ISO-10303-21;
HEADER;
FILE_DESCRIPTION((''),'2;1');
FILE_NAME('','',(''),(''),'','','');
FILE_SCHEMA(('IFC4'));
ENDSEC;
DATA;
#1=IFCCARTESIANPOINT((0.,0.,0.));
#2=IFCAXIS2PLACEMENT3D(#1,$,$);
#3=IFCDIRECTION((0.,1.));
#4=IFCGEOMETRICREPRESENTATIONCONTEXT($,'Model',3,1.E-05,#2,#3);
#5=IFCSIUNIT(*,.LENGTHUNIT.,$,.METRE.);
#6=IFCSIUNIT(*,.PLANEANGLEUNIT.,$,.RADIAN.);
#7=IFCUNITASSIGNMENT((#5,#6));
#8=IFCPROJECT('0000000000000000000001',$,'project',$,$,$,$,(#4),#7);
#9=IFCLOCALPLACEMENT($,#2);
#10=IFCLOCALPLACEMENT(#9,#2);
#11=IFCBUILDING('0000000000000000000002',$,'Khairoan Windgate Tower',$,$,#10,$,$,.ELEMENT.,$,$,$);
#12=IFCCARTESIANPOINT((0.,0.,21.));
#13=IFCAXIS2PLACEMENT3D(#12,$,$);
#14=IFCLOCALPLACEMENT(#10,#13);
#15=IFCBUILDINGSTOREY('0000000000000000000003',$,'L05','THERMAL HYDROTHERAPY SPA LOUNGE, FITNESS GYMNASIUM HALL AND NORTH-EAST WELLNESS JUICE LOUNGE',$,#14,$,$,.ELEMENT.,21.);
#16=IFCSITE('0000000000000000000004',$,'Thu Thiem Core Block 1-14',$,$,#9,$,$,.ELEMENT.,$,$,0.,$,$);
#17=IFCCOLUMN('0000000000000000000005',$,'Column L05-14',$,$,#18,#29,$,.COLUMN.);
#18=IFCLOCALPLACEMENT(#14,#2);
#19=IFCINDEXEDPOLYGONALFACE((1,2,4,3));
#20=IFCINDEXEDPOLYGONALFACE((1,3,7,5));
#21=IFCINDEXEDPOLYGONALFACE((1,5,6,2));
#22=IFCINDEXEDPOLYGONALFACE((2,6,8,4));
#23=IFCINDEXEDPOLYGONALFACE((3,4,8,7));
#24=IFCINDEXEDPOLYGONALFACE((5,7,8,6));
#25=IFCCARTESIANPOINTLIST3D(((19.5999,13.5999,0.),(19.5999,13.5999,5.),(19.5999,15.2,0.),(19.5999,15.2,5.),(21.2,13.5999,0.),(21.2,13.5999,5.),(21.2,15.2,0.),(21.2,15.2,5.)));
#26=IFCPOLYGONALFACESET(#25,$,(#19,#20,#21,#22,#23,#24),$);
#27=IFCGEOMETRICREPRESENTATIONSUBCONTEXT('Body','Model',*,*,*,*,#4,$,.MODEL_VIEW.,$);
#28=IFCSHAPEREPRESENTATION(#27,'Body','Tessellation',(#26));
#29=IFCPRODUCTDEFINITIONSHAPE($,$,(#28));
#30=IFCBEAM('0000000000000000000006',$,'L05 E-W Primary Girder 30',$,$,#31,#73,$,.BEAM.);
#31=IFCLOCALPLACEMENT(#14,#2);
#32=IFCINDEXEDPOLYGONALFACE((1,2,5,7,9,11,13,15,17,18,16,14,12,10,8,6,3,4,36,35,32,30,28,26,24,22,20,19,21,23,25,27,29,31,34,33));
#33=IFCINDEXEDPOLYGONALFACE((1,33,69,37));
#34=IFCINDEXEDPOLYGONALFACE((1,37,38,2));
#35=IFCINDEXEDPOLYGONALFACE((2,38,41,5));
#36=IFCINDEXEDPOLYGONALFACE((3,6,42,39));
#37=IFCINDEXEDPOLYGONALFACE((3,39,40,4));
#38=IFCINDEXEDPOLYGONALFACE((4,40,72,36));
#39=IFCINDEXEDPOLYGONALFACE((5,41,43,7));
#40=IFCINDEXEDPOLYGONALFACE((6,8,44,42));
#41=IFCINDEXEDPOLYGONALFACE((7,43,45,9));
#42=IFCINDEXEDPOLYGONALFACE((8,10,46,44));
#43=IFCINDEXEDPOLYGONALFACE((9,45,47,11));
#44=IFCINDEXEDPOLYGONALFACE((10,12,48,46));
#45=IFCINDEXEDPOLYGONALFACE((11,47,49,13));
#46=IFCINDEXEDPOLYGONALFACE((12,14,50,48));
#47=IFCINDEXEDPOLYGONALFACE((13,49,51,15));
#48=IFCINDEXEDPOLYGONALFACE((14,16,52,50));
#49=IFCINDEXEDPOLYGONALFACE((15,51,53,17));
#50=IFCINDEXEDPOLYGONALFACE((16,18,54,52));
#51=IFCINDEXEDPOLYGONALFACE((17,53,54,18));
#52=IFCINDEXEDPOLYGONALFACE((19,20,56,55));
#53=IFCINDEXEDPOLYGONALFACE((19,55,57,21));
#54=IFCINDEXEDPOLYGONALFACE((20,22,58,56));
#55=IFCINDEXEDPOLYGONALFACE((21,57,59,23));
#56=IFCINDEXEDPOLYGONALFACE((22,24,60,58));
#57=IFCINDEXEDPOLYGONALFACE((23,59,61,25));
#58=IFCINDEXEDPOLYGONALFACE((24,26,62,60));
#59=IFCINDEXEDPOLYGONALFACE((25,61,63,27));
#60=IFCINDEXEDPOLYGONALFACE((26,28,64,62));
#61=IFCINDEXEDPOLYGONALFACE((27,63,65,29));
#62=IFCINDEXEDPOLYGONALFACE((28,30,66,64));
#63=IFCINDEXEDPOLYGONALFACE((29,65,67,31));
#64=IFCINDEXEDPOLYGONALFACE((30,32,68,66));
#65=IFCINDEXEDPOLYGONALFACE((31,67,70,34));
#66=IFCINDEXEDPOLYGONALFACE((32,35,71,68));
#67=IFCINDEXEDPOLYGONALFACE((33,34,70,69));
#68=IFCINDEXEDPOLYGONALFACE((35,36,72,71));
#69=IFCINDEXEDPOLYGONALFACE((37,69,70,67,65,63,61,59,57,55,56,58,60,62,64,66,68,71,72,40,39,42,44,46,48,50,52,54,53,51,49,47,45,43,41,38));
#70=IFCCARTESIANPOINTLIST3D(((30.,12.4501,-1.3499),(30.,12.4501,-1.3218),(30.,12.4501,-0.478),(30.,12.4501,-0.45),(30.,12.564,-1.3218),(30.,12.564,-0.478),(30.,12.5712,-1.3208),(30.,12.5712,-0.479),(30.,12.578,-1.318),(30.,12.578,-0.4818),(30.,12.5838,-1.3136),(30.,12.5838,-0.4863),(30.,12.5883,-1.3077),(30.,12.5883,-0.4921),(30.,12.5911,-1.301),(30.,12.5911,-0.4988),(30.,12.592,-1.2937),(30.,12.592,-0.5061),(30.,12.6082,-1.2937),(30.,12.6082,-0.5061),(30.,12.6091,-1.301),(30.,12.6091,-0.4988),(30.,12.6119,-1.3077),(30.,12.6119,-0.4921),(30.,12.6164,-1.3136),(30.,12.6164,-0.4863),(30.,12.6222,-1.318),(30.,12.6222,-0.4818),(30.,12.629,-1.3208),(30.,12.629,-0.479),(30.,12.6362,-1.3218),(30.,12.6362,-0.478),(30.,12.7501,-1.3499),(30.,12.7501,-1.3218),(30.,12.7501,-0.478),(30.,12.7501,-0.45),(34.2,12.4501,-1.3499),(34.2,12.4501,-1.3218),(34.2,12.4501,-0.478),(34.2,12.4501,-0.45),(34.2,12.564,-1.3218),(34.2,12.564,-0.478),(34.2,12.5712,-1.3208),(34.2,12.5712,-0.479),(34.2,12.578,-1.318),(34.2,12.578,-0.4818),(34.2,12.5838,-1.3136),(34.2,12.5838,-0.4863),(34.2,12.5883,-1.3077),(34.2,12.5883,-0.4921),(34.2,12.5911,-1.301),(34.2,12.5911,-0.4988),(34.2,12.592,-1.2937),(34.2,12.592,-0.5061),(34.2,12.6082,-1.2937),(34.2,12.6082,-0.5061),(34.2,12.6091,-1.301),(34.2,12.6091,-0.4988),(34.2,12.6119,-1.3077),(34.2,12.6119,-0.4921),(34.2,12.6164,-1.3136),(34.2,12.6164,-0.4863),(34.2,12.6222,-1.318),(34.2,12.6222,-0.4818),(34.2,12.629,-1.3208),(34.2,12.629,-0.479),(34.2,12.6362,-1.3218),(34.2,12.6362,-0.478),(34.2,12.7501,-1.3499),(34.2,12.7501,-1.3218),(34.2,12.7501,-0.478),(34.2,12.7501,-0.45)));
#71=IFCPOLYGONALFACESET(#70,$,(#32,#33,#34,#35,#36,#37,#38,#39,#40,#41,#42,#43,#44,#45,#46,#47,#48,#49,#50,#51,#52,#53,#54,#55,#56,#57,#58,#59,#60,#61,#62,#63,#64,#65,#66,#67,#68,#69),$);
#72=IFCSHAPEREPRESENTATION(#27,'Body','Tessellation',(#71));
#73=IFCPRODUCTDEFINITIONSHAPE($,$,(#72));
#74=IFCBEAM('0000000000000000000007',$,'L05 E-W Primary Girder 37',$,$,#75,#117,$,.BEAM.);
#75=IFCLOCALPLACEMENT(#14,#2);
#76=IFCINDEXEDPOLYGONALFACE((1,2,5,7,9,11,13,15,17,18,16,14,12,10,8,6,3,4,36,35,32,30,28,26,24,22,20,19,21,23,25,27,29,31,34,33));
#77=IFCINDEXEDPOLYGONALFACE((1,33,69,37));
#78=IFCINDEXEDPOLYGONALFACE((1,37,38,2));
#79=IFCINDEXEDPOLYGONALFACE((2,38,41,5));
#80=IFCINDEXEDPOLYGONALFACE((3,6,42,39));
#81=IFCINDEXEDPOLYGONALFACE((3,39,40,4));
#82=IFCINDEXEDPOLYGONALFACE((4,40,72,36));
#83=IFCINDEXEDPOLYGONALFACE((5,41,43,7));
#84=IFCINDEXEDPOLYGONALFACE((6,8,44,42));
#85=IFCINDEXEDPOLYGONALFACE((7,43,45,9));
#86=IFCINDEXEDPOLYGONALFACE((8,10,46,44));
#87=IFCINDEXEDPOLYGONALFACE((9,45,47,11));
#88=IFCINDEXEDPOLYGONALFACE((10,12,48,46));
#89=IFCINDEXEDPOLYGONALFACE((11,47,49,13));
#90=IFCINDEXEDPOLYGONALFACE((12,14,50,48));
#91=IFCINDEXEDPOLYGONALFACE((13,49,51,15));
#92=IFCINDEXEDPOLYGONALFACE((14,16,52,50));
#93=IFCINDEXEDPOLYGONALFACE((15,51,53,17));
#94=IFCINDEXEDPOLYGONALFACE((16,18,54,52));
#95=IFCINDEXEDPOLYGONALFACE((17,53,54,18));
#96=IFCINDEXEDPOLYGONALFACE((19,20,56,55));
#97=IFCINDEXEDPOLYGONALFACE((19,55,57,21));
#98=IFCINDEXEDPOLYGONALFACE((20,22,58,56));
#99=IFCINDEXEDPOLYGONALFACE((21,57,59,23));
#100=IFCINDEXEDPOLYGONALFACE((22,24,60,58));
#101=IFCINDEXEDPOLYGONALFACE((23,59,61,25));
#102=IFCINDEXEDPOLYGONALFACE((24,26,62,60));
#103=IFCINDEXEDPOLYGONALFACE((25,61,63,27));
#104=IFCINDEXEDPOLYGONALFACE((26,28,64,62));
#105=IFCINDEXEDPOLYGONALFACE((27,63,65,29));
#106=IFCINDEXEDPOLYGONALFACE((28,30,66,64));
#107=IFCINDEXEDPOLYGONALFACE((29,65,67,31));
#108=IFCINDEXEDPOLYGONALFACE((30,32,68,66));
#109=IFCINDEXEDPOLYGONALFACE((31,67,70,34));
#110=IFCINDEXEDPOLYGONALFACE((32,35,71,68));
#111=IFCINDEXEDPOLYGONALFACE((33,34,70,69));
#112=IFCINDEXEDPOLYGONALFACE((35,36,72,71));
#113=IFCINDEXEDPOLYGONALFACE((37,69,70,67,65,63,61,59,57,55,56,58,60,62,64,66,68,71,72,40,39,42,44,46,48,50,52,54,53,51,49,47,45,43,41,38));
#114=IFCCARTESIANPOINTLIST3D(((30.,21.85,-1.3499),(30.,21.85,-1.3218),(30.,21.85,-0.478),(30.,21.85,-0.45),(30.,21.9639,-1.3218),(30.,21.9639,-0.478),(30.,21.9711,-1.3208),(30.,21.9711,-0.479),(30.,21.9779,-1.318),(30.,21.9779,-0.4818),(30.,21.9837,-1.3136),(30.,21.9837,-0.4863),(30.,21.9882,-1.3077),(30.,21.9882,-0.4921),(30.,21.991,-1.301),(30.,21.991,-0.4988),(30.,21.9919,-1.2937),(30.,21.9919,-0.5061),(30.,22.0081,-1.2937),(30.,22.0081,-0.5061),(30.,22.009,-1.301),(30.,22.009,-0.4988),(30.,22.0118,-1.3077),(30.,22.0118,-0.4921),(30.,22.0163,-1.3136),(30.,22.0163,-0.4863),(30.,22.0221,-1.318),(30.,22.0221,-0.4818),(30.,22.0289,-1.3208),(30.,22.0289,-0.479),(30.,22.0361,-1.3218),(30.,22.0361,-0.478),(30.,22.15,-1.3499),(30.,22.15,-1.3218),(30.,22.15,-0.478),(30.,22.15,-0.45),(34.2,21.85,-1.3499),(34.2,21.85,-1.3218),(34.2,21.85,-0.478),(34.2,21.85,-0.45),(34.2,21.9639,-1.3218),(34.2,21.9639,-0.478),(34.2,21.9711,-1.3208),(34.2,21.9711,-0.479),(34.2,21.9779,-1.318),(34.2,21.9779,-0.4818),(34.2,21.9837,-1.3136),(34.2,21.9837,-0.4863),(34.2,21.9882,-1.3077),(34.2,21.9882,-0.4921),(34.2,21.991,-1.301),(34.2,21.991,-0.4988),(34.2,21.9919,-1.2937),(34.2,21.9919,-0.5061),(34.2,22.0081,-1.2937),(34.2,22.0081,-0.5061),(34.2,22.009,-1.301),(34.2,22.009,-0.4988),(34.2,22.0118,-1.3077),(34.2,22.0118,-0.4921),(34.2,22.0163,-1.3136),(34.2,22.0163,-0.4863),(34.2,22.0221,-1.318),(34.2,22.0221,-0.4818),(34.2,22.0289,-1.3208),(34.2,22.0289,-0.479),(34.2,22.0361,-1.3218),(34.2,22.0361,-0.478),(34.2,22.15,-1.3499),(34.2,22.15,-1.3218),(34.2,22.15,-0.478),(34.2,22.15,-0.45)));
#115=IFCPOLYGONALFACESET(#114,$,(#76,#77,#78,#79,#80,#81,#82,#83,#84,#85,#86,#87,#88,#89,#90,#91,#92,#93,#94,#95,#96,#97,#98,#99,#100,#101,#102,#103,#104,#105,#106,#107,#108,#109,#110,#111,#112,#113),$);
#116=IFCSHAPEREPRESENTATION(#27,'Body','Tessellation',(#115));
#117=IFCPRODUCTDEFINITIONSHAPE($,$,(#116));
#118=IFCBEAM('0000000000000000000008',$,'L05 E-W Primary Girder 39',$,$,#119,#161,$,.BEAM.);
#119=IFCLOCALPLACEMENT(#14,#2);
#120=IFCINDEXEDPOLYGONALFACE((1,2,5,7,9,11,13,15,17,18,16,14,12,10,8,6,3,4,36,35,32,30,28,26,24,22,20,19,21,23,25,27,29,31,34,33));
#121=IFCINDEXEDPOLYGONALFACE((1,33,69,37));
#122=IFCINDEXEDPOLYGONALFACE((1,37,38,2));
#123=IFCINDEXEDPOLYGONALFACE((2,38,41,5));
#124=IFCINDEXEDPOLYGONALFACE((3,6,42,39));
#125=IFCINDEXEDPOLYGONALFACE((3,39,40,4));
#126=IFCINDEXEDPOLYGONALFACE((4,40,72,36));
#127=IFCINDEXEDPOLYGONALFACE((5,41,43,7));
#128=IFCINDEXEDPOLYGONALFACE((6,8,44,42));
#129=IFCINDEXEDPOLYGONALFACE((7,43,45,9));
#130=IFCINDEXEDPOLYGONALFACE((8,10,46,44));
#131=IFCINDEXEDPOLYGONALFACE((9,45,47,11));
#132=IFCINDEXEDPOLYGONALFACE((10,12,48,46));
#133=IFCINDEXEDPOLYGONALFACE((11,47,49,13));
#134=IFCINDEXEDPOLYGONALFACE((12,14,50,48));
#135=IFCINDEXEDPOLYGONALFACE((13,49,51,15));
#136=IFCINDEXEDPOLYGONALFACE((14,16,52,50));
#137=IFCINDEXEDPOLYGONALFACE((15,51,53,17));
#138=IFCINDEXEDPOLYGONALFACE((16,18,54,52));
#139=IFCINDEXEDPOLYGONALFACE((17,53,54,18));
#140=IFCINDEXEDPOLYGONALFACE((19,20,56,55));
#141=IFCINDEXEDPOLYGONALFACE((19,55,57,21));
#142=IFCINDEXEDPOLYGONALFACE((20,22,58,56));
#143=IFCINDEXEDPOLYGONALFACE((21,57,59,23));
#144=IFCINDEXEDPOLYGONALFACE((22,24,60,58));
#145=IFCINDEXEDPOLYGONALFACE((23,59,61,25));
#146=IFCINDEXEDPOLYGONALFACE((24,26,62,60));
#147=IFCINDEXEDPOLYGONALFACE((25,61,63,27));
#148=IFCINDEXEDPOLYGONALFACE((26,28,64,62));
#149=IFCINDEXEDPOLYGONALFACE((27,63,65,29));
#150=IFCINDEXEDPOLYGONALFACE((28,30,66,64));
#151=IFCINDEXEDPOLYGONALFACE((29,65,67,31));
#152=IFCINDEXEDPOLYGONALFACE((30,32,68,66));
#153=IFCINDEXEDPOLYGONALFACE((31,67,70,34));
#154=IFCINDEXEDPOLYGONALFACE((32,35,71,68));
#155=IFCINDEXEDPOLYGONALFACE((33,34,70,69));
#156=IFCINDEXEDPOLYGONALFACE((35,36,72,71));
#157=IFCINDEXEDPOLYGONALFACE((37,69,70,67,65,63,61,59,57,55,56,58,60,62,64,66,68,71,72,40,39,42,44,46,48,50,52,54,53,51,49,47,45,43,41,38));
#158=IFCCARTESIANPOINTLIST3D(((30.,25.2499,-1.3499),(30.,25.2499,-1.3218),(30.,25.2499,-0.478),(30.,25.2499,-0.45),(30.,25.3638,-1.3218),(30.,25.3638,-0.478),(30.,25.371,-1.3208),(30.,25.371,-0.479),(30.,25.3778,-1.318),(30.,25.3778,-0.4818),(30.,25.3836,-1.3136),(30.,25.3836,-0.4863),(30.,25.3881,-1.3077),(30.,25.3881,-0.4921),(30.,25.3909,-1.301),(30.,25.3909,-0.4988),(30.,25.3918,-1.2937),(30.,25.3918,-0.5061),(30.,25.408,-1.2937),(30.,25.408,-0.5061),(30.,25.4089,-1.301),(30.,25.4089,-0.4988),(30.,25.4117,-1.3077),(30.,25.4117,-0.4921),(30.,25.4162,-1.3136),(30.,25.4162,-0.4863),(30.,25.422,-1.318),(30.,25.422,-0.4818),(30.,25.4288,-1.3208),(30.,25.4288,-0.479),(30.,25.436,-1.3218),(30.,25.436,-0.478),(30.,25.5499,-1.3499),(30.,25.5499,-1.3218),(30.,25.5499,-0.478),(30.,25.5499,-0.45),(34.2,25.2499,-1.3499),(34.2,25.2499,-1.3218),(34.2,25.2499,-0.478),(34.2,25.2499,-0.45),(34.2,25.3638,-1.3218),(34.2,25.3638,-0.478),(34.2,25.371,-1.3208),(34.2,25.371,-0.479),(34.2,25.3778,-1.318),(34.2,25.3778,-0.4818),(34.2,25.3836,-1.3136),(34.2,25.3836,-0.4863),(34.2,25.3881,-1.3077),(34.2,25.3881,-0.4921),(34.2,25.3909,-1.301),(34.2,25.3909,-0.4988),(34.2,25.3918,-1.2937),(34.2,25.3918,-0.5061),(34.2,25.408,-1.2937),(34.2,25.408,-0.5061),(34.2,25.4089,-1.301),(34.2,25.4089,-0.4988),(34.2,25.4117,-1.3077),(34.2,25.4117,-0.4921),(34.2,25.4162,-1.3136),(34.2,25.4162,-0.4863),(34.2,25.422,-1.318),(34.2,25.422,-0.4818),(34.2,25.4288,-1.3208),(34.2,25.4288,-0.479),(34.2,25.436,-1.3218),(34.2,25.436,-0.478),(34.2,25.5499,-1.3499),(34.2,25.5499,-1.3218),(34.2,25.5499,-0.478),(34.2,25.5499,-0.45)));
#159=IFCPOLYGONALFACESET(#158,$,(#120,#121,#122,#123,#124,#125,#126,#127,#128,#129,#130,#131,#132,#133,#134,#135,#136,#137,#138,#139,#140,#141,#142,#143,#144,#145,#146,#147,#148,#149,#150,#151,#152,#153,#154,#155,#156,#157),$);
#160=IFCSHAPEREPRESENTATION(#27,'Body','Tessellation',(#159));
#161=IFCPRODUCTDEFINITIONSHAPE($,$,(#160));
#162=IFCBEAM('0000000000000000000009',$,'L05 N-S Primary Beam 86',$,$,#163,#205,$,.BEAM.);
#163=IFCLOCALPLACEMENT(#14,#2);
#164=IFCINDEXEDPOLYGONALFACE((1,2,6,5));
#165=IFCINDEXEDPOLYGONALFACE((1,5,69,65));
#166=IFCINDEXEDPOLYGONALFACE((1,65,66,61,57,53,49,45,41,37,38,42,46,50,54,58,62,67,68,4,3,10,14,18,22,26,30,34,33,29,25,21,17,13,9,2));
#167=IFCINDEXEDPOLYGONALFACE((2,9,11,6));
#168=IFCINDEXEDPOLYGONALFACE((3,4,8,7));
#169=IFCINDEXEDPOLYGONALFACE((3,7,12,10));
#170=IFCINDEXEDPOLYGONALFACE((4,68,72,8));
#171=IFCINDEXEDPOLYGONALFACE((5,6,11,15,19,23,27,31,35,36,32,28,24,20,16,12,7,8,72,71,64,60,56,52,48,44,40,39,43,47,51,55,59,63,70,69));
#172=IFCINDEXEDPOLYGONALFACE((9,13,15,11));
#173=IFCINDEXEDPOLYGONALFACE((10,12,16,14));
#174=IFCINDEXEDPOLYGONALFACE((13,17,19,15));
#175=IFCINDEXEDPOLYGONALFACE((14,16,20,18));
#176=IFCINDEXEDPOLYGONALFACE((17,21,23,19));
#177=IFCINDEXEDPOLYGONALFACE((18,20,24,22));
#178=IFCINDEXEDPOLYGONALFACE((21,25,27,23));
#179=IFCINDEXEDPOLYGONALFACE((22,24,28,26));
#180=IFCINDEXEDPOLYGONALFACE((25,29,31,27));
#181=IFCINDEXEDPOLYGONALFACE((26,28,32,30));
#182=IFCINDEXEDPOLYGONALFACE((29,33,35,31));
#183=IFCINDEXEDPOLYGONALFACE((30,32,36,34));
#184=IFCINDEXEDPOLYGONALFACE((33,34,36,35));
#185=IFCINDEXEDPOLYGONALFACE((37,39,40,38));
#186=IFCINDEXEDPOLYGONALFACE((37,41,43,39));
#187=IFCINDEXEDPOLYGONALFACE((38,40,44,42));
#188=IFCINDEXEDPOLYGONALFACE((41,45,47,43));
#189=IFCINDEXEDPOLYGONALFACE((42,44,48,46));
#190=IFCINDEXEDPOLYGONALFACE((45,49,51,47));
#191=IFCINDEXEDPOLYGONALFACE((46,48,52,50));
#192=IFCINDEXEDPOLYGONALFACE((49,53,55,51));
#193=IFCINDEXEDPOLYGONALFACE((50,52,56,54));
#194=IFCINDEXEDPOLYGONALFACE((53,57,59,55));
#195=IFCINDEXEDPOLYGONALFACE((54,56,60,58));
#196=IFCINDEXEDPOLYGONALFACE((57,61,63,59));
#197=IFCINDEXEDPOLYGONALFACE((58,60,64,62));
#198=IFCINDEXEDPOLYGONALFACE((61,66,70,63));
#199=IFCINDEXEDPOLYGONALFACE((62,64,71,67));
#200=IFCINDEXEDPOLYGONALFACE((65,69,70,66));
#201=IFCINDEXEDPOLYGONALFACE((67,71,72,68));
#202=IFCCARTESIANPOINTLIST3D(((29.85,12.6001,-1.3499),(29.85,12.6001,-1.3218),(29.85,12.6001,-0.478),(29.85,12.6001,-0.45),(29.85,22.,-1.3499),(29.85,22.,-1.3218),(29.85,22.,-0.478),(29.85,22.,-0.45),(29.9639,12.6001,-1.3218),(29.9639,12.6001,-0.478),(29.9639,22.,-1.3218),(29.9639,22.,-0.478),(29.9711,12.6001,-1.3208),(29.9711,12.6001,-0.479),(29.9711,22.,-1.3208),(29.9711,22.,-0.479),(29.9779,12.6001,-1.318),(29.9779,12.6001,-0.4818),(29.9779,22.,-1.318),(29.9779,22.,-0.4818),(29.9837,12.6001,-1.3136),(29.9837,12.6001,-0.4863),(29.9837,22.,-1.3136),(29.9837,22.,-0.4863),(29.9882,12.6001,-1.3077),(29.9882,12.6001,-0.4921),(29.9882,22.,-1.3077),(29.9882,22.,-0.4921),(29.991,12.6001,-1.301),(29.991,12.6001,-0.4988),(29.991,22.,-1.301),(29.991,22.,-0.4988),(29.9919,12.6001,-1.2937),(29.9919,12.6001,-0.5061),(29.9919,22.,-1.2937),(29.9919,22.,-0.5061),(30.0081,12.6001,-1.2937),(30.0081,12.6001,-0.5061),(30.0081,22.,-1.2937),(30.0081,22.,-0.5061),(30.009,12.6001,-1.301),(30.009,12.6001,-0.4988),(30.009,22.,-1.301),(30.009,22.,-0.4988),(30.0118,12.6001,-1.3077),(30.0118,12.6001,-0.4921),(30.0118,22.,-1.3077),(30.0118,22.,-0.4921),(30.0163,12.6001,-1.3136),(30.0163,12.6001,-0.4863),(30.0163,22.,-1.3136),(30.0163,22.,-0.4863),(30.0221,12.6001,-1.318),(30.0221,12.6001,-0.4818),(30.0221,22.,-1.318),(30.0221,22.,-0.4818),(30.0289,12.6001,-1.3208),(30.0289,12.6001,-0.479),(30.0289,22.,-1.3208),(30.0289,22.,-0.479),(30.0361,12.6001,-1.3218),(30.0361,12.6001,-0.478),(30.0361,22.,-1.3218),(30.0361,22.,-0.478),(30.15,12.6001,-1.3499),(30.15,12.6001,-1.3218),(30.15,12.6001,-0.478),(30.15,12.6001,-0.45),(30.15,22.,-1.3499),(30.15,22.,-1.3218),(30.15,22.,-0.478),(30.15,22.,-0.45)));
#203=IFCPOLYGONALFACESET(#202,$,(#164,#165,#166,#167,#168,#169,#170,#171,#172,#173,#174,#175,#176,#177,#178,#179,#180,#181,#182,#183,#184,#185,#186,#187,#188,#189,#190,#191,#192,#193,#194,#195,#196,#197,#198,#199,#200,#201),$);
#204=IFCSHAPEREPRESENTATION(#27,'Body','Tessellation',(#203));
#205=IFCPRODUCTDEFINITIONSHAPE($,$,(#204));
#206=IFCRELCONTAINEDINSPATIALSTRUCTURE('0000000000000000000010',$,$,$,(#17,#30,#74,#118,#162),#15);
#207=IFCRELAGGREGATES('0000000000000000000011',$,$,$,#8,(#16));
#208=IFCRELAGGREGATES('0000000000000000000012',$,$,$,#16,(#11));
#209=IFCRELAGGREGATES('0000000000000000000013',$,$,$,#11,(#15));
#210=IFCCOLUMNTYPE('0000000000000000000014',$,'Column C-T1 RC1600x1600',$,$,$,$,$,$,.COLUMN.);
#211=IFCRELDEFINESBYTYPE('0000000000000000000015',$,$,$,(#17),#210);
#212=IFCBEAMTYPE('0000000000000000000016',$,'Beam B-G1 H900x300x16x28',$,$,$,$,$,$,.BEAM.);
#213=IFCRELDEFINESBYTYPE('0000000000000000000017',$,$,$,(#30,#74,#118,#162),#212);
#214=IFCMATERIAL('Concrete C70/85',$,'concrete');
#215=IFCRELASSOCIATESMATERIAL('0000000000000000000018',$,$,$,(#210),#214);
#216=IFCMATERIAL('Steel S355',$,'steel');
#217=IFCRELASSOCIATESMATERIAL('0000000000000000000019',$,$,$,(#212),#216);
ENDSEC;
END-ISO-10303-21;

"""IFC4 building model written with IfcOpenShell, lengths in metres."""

from ifc_helpers import new_model, si_unit, direction, frame, origin, origin_2d, place, context, subcontext, project, spatial, rectangle, i_section, extrude, material, material_profile, profile_set, type_object, element, save


model = new_model("IFC4")

# Units and contexts
model_context = context("Model", 3, precision=1e-05, world=origin(), true_north=direction((0.0, 1.0)))
body_context = subcontext(model_context, "Body", "Model", "MODEL_VIEW")
ifc_project = project(units=[si_unit("LENGTHUNIT", "METRE"), si_unit("PLANEANGLEUNIT", "RADIAN")], contexts=[model_context])

# Site, building, storey
site_placement = place(None, origin())
site = spatial("IfcSite", under=ifc_project, at=site_placement, Name="Thu Thiem Core Block 1-14", CompositionType="ELEMENT", RefElevation=0.0)
building_placement = place(site_placement, origin())
building = spatial("IfcBuilding", under=site, at=building_placement, Name="Khairoan Windgate Tower", CompositionType="ELEMENT")
storey_placement = place(building_placement, frame((0.0, 0.0, 21.0)))
storey = spatial("IfcBuildingStorey", under=building, at=storey_placement, Name="L05", Description="THERMAL HYDROTHERAPY SPA LOUNGE, FITNESS GYMNASIUM HALL AND NORTH-EAST WELLNESS JUICE LOUNGE", CompositionType="ELEMENT", Elevation=21.0)

# Column
ifc_material_1 = material(Name="Concrete C70/85", Category="concrete")
ifc_material_profile_1 = material_profile(ifc_material_1, rectangle(XDim=1.6001, YDim=1.6001, at=origin_2d()))
ifc_profile_set_1 = profile_set([ifc_material_profile_1], Name="Concrete C70/85")
column_type = type_object("IfcColumnType", Name="Column C-T1 RC1600x1600", PredefinedType="COLUMN", material=ifc_profile_set_1)
column_placement = place(storey_placement, frame((20.3999, 14.3999, 0.0), z_axis=(0.0, 0.0, 1.0), x_axis=(1.0, 0.0, 0.0)))
element("IfcColumn", 1, at=column_placement, inside=storey, type_object=column_type, Name="Column L05-14", PredefinedType="COLUMN", context=body_context, shape_type="SweptSolid", body=[
    extrude(rectangle(XDim=1.6001, YDim=1.6001, at=origin_2d()), origin(), (0.0, 0.0, 1.0), 5.0),
])

# Beams
ifc_material_2 = material(Name="Steel S355", Category="steel")
ifc_material_profile_2 = material_profile(ifc_material_2, i_section(OverallWidth=0.3, OverallDepth=0.8999, WebThickness=0.0161, FlangeThickness=0.0281, FilletRadius=0.0281, at=origin_2d()))
ifc_profile_set_2 = profile_set([ifc_material_profile_2], Name="Steel S355")
beam_type_1 = type_object("IfcBeamType", Name="Beam B-G1 H900x300x16x28", PredefinedType="BEAM", material=ifc_profile_set_2)
for number, where, z_axis, x_axis, name in (
    (2, (30.0, 12.6001, -0.8999), (1.0, 0.0, 0.0), (0.0, 1.0, 0.0), "L05 E-W Primary Girder 30"),
    (3, (30.0, 22.0, -0.8999), (1.0, 0.0, 0.0), (0.0, 1.0, 0.0), "L05 E-W Primary Girder 37"),
    (4, (30.0, 25.3999, -0.8999), (1.0, 0.0, 0.0), (0.0, 1.0, 0.0), "L05 E-W Primary Girder 39"),
):
    element("IfcBeam", number, at=place(storey_placement, frame(where, z_axis=z_axis, x_axis=x_axis)), inside=storey, type_object=beam_type_1, Name=name, PredefinedType="BEAM", context=body_context, shape_type="SweptSolid", body=[
        extrude(i_section(OverallWidth=0.3, OverallDepth=0.8999, WebThickness=0.0161, FlangeThickness=0.0281, FilletRadius=0.0281, at=origin_2d()), origin(), (0.0, 0.0, 1.0), 4.2),
    ])
beam_1_placement = place(storey_placement, frame((30.0, 12.6001, -0.8999), z_axis=(0.0, 1.0, 0.0), x_axis=(-1.0, 0.0, 0.0)))
element("IfcBeam", 5, at=beam_1_placement, inside=storey, type_object=beam_type_1, Name="L05 N-S Primary Beam 86", PredefinedType="BEAM", context=body_context, shape_type="SweptSolid", body=[
    extrude(i_section(OverallWidth=0.3, OverallDepth=0.8999, WebThickness=0.0161, FlangeThickness=0.0281, FilletRadius=0.0281, at=origin_2d()), origin(), (0.0, 0.0, 1.0), 9.3999),
])

save(model, "model.ifc")
